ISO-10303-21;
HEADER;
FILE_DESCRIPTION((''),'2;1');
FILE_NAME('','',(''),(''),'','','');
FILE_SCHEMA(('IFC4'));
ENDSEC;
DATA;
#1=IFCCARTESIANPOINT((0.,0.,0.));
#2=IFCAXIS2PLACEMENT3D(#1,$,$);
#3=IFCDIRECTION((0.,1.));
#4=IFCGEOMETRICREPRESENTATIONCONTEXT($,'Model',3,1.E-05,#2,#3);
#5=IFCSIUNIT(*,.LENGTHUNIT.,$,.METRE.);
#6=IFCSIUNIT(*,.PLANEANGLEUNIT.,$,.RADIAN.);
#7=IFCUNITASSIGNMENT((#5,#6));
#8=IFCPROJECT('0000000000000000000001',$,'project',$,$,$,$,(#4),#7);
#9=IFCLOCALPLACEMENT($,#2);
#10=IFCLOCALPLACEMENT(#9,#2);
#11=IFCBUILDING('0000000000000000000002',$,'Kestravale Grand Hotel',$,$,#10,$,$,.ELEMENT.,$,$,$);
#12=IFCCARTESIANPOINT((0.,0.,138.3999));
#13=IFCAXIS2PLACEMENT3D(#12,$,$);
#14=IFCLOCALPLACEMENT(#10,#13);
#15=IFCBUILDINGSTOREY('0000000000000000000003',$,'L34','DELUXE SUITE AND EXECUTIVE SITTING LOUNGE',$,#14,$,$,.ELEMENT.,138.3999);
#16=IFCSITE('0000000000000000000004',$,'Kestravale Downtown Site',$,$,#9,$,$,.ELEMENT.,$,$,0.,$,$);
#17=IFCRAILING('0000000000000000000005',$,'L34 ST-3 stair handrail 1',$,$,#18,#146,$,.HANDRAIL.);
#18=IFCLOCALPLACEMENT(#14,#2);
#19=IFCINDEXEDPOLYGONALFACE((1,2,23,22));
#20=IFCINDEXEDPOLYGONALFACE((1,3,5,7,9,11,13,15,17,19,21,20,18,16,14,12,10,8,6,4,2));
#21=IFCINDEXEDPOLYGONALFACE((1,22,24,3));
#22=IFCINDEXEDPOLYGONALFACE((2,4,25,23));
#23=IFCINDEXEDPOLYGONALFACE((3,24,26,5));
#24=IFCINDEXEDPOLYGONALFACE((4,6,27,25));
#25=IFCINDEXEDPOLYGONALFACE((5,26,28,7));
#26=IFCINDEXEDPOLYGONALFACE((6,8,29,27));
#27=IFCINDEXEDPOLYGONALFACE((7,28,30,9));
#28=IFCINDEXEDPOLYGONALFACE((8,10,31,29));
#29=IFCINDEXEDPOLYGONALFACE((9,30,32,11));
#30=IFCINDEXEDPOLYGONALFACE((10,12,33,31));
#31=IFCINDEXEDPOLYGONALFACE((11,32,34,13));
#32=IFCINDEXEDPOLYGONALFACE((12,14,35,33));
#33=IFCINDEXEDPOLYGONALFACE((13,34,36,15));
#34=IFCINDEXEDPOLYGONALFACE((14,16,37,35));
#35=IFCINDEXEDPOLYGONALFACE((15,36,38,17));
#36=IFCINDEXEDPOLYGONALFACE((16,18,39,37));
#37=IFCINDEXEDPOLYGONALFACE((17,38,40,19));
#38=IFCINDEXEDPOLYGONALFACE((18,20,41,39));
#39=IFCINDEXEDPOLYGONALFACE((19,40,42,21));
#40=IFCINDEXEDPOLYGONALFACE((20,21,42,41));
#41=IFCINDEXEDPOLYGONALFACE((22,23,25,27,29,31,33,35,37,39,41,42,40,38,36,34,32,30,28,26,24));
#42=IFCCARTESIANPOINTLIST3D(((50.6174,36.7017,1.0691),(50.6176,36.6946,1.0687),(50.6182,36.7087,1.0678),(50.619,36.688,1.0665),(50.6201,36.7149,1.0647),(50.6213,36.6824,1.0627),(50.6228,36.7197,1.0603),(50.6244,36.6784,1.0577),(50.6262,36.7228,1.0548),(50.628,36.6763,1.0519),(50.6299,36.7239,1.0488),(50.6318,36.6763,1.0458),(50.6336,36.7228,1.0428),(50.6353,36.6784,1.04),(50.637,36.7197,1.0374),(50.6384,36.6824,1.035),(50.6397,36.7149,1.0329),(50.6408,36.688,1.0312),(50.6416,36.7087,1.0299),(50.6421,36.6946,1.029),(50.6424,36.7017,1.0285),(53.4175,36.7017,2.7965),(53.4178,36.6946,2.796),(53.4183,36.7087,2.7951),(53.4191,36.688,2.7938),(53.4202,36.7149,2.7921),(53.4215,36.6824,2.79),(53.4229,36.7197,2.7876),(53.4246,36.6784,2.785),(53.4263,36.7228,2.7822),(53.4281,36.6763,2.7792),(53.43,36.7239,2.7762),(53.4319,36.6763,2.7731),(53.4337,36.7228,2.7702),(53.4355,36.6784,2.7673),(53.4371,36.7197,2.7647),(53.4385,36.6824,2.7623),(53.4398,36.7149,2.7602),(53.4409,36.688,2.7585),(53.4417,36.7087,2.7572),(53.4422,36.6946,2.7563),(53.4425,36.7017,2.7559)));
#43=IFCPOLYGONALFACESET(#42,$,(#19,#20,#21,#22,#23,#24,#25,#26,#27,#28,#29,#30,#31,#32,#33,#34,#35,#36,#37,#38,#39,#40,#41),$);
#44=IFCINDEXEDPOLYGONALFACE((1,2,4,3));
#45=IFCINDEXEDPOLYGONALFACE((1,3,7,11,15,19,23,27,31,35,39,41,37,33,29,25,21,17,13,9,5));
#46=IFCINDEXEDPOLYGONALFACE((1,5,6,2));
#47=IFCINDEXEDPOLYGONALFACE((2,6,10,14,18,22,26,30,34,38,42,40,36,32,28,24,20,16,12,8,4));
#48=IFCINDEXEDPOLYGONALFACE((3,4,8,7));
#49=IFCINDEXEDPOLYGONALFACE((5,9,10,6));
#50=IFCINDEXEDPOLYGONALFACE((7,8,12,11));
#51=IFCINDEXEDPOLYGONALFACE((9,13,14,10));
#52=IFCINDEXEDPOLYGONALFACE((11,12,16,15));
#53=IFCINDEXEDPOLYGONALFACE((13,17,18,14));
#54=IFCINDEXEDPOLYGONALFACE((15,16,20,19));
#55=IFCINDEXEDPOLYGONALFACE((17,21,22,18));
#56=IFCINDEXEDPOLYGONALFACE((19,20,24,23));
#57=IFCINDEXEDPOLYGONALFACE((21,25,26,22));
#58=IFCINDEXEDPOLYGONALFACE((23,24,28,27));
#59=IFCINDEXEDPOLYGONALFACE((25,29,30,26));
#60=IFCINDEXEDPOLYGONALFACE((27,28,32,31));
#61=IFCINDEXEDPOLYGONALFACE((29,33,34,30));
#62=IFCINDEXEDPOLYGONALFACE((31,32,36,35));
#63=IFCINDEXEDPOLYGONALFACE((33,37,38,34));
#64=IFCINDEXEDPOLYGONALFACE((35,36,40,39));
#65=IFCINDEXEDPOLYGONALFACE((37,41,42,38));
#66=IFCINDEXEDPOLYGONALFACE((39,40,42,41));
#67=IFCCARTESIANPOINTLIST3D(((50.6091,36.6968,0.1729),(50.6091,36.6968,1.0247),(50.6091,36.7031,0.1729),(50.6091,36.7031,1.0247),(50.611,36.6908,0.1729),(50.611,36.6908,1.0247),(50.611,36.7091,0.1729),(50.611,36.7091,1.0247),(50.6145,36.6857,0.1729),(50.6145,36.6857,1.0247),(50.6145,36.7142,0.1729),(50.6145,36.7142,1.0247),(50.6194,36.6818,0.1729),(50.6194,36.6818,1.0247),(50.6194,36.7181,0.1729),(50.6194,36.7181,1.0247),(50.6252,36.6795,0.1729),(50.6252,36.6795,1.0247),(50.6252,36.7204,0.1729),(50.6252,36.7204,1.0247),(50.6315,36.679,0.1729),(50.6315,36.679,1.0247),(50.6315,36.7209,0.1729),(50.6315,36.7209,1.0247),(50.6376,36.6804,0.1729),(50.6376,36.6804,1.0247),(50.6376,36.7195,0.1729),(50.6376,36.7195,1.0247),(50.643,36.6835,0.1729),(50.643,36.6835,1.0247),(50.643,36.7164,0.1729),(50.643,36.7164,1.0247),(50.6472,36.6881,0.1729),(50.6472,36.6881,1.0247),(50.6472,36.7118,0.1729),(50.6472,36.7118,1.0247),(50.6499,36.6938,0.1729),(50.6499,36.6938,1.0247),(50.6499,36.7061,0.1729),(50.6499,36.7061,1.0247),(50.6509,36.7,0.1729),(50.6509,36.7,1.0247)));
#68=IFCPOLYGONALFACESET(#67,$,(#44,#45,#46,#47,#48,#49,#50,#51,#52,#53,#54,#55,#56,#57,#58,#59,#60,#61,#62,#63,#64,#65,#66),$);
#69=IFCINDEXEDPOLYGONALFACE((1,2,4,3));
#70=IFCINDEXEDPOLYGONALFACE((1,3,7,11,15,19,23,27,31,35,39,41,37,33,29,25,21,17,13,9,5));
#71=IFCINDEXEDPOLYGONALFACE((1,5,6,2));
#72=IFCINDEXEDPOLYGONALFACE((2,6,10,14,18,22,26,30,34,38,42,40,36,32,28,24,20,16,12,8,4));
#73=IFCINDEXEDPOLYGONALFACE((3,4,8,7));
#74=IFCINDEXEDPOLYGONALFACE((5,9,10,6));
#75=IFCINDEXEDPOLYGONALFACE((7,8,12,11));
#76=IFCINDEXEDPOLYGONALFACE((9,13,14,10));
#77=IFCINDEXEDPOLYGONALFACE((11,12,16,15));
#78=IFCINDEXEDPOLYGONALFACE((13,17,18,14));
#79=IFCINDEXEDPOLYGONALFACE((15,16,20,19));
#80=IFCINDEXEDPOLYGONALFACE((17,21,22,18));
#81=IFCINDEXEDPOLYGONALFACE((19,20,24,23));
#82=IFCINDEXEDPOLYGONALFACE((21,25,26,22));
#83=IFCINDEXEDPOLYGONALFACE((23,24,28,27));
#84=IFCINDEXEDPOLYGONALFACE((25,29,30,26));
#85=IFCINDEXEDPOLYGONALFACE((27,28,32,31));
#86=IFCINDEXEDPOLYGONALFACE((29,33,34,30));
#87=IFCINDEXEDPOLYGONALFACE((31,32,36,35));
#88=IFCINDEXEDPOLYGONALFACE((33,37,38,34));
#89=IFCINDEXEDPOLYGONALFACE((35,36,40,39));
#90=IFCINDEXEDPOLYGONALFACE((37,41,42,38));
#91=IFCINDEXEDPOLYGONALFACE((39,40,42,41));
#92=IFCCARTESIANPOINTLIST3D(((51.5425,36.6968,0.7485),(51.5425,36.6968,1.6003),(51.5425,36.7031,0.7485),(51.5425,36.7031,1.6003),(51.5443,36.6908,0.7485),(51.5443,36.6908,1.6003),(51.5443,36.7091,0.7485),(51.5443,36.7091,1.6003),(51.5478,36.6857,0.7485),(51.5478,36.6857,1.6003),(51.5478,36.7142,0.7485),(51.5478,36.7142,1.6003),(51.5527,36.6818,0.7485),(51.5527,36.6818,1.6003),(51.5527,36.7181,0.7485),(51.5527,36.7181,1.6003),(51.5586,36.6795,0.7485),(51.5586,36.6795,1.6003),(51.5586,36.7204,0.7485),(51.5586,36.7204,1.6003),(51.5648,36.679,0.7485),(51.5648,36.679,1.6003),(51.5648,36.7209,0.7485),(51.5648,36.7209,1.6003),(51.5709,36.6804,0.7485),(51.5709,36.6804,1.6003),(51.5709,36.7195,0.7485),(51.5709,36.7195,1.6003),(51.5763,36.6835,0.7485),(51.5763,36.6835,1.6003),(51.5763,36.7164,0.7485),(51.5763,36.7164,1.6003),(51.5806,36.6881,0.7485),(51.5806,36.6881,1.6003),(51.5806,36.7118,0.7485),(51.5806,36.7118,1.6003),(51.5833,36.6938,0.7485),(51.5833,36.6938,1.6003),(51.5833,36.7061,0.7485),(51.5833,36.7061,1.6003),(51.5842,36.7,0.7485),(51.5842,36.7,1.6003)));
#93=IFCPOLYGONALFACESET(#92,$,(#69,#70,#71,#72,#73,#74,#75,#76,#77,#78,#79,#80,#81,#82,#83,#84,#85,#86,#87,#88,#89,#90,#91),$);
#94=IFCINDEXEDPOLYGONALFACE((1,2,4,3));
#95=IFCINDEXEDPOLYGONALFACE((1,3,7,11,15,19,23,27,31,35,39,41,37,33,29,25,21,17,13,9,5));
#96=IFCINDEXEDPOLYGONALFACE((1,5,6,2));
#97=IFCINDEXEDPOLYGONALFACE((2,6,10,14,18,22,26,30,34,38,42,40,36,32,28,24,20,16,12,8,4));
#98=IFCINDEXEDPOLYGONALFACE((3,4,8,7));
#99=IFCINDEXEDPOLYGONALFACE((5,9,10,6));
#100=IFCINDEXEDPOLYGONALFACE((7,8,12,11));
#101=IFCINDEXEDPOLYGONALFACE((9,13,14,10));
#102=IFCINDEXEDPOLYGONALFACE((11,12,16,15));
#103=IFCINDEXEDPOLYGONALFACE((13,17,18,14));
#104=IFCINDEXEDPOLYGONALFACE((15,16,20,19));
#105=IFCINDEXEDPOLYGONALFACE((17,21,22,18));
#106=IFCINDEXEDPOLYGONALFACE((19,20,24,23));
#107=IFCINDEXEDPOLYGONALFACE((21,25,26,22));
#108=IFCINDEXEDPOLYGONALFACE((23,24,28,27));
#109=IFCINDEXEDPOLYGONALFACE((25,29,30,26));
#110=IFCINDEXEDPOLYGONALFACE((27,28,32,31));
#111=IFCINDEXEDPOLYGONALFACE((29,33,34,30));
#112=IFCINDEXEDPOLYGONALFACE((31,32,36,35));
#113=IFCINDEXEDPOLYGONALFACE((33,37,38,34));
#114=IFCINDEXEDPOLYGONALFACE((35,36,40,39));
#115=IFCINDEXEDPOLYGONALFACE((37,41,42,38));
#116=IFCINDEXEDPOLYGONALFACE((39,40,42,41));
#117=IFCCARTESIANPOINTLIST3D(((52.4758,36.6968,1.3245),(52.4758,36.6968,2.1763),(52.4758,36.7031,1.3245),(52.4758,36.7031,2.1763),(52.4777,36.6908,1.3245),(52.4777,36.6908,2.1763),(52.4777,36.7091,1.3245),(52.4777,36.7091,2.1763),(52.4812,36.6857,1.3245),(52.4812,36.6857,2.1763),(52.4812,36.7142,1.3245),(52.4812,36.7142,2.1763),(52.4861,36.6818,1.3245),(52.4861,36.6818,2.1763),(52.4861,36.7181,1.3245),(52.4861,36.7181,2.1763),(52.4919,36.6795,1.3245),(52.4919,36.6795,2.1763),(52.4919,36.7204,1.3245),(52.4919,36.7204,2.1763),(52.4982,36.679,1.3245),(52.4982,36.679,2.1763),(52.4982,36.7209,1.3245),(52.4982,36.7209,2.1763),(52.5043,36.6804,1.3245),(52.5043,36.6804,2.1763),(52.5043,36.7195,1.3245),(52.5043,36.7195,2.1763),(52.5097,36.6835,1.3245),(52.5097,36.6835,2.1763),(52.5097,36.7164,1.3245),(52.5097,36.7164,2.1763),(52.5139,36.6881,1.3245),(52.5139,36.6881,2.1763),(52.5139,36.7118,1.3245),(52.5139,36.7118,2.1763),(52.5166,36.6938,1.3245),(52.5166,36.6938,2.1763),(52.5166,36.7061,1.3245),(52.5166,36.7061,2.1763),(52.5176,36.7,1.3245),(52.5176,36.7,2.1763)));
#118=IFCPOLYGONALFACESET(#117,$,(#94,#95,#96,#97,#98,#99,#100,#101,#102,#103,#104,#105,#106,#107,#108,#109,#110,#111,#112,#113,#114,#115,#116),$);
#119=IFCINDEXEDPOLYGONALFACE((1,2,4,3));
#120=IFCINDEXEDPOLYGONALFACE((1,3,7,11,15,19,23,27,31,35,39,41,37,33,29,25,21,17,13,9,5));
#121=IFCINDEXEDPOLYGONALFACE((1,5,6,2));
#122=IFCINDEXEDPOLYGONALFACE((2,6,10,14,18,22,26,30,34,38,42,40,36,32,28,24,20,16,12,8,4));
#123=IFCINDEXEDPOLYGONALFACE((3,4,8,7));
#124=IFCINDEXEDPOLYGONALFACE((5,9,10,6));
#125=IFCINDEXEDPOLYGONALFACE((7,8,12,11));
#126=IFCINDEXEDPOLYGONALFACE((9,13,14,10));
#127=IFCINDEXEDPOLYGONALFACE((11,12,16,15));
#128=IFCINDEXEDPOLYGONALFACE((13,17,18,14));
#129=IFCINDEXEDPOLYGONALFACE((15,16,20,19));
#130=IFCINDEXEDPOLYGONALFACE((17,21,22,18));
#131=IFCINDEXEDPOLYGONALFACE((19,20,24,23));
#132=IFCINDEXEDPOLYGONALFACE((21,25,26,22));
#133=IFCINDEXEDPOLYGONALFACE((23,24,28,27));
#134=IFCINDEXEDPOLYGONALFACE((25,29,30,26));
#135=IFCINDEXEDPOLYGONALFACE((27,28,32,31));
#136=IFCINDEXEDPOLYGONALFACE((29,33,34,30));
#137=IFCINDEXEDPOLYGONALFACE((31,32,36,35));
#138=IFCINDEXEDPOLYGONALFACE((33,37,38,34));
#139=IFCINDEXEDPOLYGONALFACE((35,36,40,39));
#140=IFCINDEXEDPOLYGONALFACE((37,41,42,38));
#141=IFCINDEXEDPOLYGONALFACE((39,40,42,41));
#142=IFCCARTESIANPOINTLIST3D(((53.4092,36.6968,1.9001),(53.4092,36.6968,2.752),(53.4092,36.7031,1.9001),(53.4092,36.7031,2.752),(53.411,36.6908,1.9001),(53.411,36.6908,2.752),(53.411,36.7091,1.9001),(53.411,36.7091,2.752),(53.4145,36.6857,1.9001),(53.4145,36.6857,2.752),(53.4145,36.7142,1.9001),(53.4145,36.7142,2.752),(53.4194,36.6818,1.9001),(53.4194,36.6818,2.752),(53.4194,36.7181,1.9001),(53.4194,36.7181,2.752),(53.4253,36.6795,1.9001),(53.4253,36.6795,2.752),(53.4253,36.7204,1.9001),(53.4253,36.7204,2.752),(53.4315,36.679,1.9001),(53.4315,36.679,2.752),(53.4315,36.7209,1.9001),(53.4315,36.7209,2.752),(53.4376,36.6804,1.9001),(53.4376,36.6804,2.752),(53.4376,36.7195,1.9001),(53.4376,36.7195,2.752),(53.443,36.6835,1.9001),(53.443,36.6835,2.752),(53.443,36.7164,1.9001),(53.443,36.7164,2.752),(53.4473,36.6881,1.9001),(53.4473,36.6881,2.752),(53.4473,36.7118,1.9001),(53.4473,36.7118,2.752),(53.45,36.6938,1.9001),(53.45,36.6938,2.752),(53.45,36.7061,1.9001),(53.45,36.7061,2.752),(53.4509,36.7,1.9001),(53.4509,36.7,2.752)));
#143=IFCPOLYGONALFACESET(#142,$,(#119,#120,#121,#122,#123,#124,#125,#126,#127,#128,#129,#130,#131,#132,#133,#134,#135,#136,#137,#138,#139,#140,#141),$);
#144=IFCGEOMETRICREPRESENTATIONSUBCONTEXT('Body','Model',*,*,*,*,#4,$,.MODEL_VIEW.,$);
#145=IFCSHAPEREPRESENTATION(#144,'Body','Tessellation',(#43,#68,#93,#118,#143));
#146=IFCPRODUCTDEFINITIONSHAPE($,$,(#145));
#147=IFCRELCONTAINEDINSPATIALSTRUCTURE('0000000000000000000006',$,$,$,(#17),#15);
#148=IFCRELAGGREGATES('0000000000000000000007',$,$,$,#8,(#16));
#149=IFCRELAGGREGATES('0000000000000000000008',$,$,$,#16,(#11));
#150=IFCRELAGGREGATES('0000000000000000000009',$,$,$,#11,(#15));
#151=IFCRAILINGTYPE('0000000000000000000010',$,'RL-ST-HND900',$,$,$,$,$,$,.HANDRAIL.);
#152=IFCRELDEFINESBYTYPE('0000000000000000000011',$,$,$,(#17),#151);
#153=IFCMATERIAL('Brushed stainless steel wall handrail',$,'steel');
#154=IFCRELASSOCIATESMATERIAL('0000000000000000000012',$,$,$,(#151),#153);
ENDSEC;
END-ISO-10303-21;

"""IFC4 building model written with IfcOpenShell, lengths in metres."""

from ifc_helpers import new_model, si_unit, direction, frame, origin, origin_2d, place, context, subcontext, project, spatial, circle, extrude, material, type_object, element, save


model = new_model("IFC4")

# Units and contexts
model_context = context("Model", 3, precision=1e-05, world=origin(), true_north=direction((0.0, 1.0)))
body_context = subcontext(model_context, "Body", "Model", "MODEL_VIEW")
ifc_project = project(units=[si_unit("LENGTHUNIT", "METRE"), si_unit("PLANEANGLEUNIT", "RADIAN")], contexts=[model_context])

# Site, building, storey
site_placement = place(None, origin())
site = spatial("IfcSite", under=ifc_project, at=site_placement, Name="Kestravale Downtown Site", CompositionType="ELEMENT", RefElevation=0.0)
building_placement = place(site_placement, origin())
building = spatial("IfcBuilding", under=site, at=building_placement, Name="Kestravale Grand Hotel", CompositionType="ELEMENT")
storey_placement = place(building_placement, frame((0.0, 0.0, 138.3999)))
storey = spatial("IfcBuildingStorey", under=building, at=storey_placement, Name="L34", Description="DELUXE SUITE AND EXECUTIVE SITTING LOUNGE", CompositionType="ELEMENT", Elevation=138.3999)

# Railing
ifc_material_1 = material(Name="Brushed stainless steel wall handrail", Category="steel")
railing_type_1 = type_object("IfcRailingType", Name="RL-ST-HND900", PredefinedType="HANDRAIL", material=ifc_material_1)
railing_1_placement = place(storey_placement, frame((50.6299, 36.7, 0.1729)))
element("IfcRailing", 1, at=railing_1_placement, inside=storey, type_object=railing_type_1, Name="L34 ST-3 stair handrail 1", PredefinedType="HANDRAIL", context=body_context, shape_type="SweptSolid", body=[
    extrude(circle(Radius=0.0239, at=origin_2d()), frame((0.0, 0.0, 0.876), z_axis=(0.85109, 0.0, 0.52502), x_axis=(0.0, 1.0, 0.0)), (0.0, 0.0, 1.0), 3.29),
    extrude(circle(Radius=0.021, at=origin_2d()), origin(), (0.0, 0.0, 1.0), 0.8518),
    extrude(circle(Radius=0.021, at=origin_2d()), frame((0.9333, 0.0, 0.5757)), (0.0, 0.0, 1.0), 0.8518),
    extrude(circle(Radius=0.021, at=origin_2d()), frame((1.8667, 0.0, 1.1516)), (0.0, 0.0, 1.0), 0.8518),
    extrude(circle(Radius=0.021, at=origin_2d()), frame((2.8, 0.0, 1.7273)), (0.0, 0.0, 1.0), 0.8518),
])

save(model, "model.ifc")
